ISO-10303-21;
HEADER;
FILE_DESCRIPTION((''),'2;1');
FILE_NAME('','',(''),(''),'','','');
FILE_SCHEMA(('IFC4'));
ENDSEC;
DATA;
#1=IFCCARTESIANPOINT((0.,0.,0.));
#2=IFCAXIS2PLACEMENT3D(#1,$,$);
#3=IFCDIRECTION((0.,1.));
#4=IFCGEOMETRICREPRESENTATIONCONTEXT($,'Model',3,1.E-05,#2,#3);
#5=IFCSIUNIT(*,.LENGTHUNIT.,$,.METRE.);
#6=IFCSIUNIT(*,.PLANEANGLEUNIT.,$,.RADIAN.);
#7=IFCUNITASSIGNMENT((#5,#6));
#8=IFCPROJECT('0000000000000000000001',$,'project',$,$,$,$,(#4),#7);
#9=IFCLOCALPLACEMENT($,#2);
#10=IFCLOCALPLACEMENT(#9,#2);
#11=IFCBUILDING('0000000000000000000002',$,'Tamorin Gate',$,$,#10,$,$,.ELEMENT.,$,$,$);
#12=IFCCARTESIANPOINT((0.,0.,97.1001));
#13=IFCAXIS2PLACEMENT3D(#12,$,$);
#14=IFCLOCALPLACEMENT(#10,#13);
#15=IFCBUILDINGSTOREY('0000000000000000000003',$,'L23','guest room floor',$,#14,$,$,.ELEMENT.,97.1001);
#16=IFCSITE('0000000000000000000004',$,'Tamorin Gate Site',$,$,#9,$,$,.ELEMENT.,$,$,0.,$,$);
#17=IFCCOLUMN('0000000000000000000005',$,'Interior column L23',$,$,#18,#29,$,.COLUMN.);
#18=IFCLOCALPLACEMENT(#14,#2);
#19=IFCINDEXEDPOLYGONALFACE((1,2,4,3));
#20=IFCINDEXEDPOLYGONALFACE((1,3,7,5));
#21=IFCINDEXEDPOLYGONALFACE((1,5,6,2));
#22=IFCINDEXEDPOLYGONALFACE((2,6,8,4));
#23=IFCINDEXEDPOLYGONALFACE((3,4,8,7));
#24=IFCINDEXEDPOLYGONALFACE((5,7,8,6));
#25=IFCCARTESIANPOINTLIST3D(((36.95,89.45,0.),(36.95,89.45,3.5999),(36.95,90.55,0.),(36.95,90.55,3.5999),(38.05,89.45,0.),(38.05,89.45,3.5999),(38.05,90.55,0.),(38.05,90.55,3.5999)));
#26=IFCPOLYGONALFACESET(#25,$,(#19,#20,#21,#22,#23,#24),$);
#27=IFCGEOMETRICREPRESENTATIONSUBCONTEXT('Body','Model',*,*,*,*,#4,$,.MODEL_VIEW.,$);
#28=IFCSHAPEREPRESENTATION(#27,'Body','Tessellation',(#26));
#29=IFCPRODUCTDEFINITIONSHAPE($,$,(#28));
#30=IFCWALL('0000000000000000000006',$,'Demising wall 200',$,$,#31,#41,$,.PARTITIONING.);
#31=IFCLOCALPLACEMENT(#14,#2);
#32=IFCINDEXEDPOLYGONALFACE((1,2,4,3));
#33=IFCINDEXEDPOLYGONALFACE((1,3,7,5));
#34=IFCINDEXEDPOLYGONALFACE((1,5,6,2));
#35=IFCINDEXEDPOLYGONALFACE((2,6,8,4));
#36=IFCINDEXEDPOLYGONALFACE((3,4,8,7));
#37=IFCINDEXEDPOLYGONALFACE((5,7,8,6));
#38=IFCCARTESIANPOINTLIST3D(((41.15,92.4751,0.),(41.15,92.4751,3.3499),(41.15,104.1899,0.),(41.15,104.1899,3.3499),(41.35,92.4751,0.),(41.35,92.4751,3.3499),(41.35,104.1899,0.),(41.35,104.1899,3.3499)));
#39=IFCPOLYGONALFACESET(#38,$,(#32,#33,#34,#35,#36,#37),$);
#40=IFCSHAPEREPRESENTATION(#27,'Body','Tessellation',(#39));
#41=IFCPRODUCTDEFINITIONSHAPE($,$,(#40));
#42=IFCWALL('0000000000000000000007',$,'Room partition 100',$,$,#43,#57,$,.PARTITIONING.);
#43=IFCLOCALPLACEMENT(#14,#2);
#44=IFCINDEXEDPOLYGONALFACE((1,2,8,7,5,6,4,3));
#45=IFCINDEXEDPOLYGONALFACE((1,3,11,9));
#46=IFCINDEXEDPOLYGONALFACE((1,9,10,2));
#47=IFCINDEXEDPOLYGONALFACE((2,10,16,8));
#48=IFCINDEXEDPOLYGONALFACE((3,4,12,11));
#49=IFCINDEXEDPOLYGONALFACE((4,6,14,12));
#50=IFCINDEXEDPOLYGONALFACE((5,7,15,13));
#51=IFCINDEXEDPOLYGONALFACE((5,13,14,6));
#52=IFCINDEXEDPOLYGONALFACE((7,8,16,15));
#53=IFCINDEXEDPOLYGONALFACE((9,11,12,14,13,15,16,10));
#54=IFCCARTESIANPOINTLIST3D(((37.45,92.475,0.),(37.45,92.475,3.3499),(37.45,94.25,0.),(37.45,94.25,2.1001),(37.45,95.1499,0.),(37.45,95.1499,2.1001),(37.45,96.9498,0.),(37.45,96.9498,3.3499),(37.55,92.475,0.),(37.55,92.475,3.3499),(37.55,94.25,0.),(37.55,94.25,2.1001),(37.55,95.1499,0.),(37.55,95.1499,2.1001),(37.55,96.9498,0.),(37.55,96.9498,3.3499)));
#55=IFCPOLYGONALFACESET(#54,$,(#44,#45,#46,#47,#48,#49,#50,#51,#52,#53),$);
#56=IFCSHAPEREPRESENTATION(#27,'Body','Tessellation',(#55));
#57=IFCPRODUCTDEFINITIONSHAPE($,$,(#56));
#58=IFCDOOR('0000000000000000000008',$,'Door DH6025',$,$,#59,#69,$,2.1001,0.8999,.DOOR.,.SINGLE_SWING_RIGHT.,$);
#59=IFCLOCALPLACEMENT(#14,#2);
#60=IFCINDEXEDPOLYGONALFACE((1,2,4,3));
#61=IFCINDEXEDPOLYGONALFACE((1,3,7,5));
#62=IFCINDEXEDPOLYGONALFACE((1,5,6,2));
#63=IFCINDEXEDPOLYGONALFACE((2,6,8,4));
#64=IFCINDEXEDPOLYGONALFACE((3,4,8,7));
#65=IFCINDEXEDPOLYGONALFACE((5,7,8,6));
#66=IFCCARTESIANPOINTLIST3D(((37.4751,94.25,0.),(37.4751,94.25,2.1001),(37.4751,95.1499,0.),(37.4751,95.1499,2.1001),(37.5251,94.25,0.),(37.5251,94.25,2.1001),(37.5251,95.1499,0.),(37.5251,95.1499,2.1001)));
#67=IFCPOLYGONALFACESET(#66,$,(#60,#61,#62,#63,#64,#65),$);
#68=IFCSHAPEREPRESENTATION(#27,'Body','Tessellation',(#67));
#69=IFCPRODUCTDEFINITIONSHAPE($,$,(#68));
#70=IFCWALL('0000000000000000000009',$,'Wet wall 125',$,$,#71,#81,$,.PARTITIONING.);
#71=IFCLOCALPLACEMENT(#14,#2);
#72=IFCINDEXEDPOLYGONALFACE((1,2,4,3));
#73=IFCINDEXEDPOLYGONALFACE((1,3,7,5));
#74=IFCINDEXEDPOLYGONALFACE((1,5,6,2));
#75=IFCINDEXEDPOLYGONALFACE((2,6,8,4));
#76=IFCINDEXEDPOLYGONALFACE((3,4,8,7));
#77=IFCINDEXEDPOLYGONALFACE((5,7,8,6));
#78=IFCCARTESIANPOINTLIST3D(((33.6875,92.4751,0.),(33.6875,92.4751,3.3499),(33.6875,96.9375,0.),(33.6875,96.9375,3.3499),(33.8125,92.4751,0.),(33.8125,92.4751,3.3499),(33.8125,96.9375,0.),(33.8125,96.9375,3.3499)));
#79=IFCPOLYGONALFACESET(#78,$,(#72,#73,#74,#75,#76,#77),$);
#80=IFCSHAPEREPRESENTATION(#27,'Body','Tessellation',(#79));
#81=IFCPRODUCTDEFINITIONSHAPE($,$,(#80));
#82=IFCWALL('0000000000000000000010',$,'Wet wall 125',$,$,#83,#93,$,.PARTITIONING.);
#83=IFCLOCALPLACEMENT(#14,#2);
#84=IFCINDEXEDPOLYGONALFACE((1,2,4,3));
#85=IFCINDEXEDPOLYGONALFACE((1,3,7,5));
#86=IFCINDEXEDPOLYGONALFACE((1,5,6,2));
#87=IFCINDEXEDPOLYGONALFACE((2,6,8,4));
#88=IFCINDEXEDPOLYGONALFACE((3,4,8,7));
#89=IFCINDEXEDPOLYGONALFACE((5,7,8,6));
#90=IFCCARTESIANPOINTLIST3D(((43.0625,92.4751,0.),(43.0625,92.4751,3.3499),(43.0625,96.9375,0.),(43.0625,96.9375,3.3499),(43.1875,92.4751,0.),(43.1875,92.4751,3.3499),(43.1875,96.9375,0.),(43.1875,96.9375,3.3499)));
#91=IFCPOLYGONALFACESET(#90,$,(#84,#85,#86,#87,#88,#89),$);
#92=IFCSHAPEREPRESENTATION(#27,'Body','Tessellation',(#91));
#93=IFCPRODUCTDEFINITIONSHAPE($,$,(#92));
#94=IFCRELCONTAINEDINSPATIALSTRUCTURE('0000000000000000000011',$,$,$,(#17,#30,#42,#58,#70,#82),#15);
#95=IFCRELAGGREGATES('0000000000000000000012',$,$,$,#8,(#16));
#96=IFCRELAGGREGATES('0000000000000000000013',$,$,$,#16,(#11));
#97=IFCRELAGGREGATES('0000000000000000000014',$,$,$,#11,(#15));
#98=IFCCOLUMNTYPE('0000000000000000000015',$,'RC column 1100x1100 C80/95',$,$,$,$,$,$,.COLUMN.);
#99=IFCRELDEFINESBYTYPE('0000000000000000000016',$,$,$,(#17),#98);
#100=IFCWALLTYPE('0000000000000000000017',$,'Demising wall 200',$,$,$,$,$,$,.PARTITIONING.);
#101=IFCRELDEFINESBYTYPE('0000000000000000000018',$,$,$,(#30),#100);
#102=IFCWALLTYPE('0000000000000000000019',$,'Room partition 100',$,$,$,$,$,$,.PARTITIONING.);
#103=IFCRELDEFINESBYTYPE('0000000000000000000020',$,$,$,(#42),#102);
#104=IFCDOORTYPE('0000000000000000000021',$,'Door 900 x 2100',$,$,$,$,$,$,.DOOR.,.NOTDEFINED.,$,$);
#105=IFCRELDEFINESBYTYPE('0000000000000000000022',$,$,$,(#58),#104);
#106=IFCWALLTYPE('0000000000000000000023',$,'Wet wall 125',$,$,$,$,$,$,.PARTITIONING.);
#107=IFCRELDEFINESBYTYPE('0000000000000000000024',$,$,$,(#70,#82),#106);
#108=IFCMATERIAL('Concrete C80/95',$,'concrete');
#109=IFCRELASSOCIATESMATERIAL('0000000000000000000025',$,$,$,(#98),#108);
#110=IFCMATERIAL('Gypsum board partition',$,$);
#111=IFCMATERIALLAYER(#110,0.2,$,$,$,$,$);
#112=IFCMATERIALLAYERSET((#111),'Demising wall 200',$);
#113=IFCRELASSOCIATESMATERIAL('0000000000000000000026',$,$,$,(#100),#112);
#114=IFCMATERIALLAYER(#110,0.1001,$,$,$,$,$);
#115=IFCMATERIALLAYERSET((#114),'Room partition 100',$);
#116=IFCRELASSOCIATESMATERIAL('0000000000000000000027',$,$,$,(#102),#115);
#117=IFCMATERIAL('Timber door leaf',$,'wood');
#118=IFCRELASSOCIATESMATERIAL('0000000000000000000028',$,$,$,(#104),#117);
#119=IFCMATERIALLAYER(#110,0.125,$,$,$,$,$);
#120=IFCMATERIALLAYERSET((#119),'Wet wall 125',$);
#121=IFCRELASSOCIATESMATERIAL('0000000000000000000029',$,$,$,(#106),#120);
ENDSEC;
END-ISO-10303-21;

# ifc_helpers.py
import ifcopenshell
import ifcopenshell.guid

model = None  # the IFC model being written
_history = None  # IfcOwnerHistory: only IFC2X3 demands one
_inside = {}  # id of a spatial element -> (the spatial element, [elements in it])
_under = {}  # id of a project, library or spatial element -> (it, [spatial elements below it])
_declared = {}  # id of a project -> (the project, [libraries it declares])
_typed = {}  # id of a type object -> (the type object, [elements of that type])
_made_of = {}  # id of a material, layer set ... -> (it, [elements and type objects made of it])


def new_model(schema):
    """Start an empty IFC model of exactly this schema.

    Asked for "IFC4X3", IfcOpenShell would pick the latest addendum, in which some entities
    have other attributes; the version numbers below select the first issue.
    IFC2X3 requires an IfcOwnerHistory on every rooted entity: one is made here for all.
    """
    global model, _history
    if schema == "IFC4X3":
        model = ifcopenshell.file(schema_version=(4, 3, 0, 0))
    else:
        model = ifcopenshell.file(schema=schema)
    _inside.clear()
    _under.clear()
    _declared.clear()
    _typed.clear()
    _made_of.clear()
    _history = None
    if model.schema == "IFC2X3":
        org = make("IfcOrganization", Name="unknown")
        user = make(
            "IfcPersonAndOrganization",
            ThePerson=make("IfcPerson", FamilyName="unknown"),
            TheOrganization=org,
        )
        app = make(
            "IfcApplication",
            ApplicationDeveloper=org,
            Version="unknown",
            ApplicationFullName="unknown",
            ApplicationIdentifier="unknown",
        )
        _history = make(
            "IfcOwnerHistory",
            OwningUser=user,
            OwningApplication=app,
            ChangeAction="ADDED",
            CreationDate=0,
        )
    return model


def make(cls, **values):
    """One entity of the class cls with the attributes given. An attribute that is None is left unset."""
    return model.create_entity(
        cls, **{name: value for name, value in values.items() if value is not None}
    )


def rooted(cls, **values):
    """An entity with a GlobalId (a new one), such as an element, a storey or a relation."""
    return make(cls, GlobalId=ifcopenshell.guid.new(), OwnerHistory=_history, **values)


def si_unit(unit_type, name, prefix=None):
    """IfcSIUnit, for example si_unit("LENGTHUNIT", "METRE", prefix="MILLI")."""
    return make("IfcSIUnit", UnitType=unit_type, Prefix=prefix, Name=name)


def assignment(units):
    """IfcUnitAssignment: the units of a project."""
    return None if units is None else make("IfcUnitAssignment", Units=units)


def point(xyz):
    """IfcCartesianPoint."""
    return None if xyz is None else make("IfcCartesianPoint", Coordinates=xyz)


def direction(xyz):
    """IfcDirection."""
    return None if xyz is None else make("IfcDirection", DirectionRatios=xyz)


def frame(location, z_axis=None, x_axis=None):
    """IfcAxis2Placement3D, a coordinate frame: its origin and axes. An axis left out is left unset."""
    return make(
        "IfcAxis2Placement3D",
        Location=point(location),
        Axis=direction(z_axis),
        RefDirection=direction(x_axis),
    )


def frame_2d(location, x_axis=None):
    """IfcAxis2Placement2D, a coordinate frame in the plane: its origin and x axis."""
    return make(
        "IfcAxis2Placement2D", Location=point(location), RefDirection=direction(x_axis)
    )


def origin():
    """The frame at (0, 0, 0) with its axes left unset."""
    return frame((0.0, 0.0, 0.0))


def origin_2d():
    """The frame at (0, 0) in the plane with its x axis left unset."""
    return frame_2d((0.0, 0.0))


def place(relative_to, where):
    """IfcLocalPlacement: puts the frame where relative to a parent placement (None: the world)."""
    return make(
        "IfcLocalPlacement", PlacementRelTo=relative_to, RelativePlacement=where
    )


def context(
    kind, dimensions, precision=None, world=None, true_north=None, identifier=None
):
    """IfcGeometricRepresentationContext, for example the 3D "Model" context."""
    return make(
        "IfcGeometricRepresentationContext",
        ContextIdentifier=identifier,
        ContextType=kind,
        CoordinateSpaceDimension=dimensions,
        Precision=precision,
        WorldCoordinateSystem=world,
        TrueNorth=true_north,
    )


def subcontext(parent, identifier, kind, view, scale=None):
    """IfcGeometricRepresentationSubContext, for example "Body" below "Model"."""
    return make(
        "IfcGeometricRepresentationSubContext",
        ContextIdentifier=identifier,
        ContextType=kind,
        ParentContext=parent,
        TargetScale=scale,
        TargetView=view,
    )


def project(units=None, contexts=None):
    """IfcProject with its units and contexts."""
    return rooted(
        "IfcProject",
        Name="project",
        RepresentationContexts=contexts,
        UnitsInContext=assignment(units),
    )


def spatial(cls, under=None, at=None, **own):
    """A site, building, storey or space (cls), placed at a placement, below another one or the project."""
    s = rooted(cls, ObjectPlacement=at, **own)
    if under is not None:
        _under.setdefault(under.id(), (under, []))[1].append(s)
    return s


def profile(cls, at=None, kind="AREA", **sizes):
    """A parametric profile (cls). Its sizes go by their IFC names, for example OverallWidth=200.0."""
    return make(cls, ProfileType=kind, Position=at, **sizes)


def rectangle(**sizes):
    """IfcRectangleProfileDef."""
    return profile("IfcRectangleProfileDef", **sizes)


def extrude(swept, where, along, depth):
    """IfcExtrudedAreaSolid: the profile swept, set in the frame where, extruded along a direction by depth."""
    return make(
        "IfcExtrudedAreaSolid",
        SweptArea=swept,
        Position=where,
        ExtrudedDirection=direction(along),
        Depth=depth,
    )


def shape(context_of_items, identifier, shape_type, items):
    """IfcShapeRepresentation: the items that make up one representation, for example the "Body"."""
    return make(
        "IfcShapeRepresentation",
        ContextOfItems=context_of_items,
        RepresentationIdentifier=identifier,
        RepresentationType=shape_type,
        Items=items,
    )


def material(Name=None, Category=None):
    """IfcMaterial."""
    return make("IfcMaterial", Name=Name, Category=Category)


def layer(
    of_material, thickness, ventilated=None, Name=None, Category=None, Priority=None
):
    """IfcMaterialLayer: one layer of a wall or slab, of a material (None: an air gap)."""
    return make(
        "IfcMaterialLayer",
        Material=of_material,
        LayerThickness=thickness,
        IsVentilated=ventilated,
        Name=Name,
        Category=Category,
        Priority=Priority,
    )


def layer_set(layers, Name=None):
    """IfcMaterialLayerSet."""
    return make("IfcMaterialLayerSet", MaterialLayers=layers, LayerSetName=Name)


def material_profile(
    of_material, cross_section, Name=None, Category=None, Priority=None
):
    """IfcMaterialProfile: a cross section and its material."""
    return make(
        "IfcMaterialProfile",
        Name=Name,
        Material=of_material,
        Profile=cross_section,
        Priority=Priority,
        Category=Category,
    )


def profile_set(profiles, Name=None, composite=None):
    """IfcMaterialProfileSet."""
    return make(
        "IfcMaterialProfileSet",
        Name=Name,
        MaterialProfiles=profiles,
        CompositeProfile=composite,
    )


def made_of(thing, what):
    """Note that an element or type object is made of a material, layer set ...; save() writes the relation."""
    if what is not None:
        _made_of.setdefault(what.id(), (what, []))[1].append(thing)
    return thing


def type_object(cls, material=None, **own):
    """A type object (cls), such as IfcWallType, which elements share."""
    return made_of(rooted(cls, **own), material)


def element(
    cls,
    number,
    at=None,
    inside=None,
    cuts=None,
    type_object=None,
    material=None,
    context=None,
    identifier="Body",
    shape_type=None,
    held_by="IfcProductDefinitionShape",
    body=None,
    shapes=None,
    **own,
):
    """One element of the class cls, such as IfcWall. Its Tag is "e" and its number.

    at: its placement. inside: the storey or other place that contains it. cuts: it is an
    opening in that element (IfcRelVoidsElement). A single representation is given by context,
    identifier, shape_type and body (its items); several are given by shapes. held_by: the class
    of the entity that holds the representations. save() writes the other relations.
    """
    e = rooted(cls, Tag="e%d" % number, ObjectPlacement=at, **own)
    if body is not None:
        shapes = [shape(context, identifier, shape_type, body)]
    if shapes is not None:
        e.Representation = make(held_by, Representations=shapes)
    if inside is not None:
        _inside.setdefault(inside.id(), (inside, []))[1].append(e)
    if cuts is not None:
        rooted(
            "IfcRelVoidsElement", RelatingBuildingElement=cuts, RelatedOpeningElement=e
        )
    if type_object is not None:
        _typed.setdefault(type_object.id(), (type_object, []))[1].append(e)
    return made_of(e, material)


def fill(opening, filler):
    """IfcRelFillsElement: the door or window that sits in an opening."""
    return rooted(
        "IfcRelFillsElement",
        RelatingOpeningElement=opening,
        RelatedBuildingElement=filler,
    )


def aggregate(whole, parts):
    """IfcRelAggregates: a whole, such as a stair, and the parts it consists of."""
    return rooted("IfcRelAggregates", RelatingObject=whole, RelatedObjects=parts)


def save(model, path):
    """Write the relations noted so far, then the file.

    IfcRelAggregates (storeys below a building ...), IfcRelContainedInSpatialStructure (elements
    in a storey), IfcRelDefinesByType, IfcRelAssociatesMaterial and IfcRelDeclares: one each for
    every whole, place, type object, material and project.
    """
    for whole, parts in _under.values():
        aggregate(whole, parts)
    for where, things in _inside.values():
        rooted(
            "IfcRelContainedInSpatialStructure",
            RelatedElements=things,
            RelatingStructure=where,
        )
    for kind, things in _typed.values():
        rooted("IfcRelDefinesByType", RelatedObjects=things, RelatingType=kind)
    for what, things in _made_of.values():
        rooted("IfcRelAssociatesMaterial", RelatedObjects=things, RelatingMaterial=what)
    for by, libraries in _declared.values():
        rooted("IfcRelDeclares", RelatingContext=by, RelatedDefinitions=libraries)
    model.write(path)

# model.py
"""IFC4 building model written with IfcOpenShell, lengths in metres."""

from ifc_helpers import new_model, si_unit, direction, frame, frame_2d, origin, origin_2d, place, context, subcontext, project, spatial, rectangle, extrude, material, layer, layer_set, material_profile, profile_set, type_object, element, fill, save


model = new_model("IFC4")

# Units and contexts
model_context = context("Model", 3, precision=1e-05, world=origin(), true_north=direction((0.0, 1.0)))
body_context = subcontext(model_context, "Body", "Model", "MODEL_VIEW")
ifc_project = project(units=[si_unit("LENGTHUNIT", "METRE"), si_unit("PLANEANGLEUNIT", "RADIAN")], contexts=[model_context])

# Site, building, storey
site_placement = place(None, origin())
site = spatial("IfcSite", under=ifc_project, at=site_placement, Name="Tamorin Gate Site", CompositionType="ELEMENT", RefElevation=0.0)
building_placement = place(site_placement, origin())
building = spatial("IfcBuilding", under=site, at=building_placement, Name="Tamorin Gate", CompositionType="ELEMENT")
storey_placement = place(building_placement, frame((0.0, 0.0, 97.1001)))
storey = spatial("IfcBuildingStorey", under=building, at=storey_placement, Name="L23", Description="guest room floor", CompositionType="ELEMENT", Elevation=97.1001)

# Column
ifc_material_1 = material(Name="Concrete C80/95", Category="concrete")
ifc_material_profile = material_profile(ifc_material_1, rectangle(XDim=1.1001, YDim=1.1001, at=origin_2d()), Name="RC 1100x1100")
ifc_profile_set = profile_set([ifc_material_profile], Name="Concrete C80/95")
column_type = type_object("IfcColumnType", Name="RC column 1100x1100 C80/95", PredefinedType="COLUMN", material=ifc_profile_set)
column_placement = place(storey_placement, frame((37.5, 90.0, 0.0), z_axis=(0.0, 0.0, 1.0), x_axis=(1.0, 0.0, 0.0)))
element("IfcColumn", 1, at=column_placement, inside=storey, type_object=column_type, Name="Interior column L23", PredefinedType="COLUMN", context=body_context, shape_type="SweptSolid", body=[
    extrude(rectangle(XDim=1.1001, YDim=1.1001, at=origin_2d()), origin(), (0.0, 0.0, 1.0), 3.5999),
])

# Shared definitions
ifc_material_2 = material(Name="Gypsum board partition")
ifc_material_3 = material(Name="Timber door leaf", Category="wood")

# Wall
ifc_layer_1 = layer(ifc_material_2, 0.2)
ifc_layer_set_1 = layer_set([ifc_layer_1], Name="Demising wall 200")
wall_type_1 = type_object("IfcWallType", Name="Demising wall 200", PredefinedType="PARTITIONING", material=ifc_layer_set_1)
wall_1_placement = place(storey_placement, frame((41.25, 92.4751, 0.0), z_axis=(0.0, 0.0, 1.0), x_axis=(0.0, 1.0, 0.0)))
element("IfcWall", 2, at=wall_1_placement, inside=storey, type_object=wall_type_1, Name="Demising wall 200", PredefinedType="PARTITIONING", context=body_context, shape_type="SweptSolid", body=[
    extrude(rectangle(XDim=11.7148, YDim=0.2, at=frame_2d((5.8574, 0.0))), origin(), (0.0, 0.0, 1.0), 3.3499),
])

# Wall, opening, door
ifc_layer_2 = layer(ifc_material_2, 0.1001)
ifc_layer_set_2 = layer_set([ifc_layer_2], Name="Room partition 100")
wall_type_2 = type_object("IfcWallType", Name="Room partition 100", PredefinedType="PARTITIONING", material=ifc_layer_set_2)
wall_2_placement = place(storey_placement, frame((37.5, 92.4751, 0.0), z_axis=(0.0, 0.0, 1.0), x_axis=(0.0, 1.0, 0.0)))
wall_2 = element("IfcWall", 3, at=wall_2_placement, inside=storey, type_object=wall_type_2, Name="Room partition 100", PredefinedType="PARTITIONING", context=body_context, shape_type="SweptSolid", body=[
    extrude(rectangle(XDim=4.4749, YDim=0.1001, at=frame_2d((2.2373, 0.0))), origin(), (0.0, 0.0, 1.0), 3.3499),
])
opening_1_placement = place(wall_2_placement, frame((1.7749, 0.0, 0.0)))
opening_1 = element("IfcOpeningElement", 4, at=opening_1_placement, cuts=wall_2, PredefinedType="OPENING", context=body_context, shape_type="SweptSolid", body=[
    extrude(rectangle(XDim=0.8999, YDim=2.1001, at=frame_2d((0.45, 1.05))), frame((0.0, 0.0601, 0.0), z_axis=(0.0, -1.0, 0.0), x_axis=(1.0, 0.0, 0.0)), (0.0, 0.0, 1.0), 0.1201),
])
door_type_1 = type_object("IfcDoorType", Name="Door 900 x 2100", OperationType="NOTDEFINED", PredefinedType="DOOR", material=ifc_material_3)
door_1_placement = place(opening_1_placement, origin())
door_1 = element("IfcDoor", 5, at=door_1_placement, inside=storey, type_object=door_type_1, Name="Door DH6025", OperationType="SINGLE_SWING_RIGHT", OverallHeight=2.1001, OverallWidth=0.8999, PredefinedType="DOOR", context=body_context, shape_type="SweptSolid", body=[
    extrude(rectangle(XDim=0.8999, YDim=2.1001, at=frame_2d((0.45, 1.05))), frame((0.0, 0.0249, 0.0), z_axis=(0.0, -1.0, 0.0), x_axis=(1.0, 0.0, 0.0)), (0.0, 0.0, 1.0), 0.05),
])
fill(opening_1, door_1)

# Walls
ifc_layer_3 = layer(ifc_material_2, 0.125)
ifc_layer_set_3 = layer_set([ifc_layer_3], Name="Wet wall 125")
wall_type_3 = type_object("IfcWallType", Name="Wet wall 125", PredefinedType="PARTITIONING", material=ifc_layer_set_3)
for number, where, z_axis, x_axis, name in (
    (6, (33.75, 92.4751, 0.0), (0.0, 0.0, 1.0), (0.0, 1.0, 0.0), "Wet wall 125"),
    (7, (43.125, 92.4751, 0.0), (0.0, 0.0, 1.0), (0.0, 1.0, 0.0), "Wet wall 125"),
):
    element("IfcWall", number, at=place(storey_placement, frame(where, z_axis=z_axis, x_axis=x_axis)), inside=storey, type_object=wall_type_3, Name=name, PredefinedType="PARTITIONING", context=body_context, shape_type="SweptSolid", body=[
        extrude(rectangle(XDim=4.4624, YDim=0.125, at=frame_2d((2.2312, 0.0))), origin(), (0.0, 0.0, 1.0), 3.3499),
    ])

save(model, "model.ifc")
